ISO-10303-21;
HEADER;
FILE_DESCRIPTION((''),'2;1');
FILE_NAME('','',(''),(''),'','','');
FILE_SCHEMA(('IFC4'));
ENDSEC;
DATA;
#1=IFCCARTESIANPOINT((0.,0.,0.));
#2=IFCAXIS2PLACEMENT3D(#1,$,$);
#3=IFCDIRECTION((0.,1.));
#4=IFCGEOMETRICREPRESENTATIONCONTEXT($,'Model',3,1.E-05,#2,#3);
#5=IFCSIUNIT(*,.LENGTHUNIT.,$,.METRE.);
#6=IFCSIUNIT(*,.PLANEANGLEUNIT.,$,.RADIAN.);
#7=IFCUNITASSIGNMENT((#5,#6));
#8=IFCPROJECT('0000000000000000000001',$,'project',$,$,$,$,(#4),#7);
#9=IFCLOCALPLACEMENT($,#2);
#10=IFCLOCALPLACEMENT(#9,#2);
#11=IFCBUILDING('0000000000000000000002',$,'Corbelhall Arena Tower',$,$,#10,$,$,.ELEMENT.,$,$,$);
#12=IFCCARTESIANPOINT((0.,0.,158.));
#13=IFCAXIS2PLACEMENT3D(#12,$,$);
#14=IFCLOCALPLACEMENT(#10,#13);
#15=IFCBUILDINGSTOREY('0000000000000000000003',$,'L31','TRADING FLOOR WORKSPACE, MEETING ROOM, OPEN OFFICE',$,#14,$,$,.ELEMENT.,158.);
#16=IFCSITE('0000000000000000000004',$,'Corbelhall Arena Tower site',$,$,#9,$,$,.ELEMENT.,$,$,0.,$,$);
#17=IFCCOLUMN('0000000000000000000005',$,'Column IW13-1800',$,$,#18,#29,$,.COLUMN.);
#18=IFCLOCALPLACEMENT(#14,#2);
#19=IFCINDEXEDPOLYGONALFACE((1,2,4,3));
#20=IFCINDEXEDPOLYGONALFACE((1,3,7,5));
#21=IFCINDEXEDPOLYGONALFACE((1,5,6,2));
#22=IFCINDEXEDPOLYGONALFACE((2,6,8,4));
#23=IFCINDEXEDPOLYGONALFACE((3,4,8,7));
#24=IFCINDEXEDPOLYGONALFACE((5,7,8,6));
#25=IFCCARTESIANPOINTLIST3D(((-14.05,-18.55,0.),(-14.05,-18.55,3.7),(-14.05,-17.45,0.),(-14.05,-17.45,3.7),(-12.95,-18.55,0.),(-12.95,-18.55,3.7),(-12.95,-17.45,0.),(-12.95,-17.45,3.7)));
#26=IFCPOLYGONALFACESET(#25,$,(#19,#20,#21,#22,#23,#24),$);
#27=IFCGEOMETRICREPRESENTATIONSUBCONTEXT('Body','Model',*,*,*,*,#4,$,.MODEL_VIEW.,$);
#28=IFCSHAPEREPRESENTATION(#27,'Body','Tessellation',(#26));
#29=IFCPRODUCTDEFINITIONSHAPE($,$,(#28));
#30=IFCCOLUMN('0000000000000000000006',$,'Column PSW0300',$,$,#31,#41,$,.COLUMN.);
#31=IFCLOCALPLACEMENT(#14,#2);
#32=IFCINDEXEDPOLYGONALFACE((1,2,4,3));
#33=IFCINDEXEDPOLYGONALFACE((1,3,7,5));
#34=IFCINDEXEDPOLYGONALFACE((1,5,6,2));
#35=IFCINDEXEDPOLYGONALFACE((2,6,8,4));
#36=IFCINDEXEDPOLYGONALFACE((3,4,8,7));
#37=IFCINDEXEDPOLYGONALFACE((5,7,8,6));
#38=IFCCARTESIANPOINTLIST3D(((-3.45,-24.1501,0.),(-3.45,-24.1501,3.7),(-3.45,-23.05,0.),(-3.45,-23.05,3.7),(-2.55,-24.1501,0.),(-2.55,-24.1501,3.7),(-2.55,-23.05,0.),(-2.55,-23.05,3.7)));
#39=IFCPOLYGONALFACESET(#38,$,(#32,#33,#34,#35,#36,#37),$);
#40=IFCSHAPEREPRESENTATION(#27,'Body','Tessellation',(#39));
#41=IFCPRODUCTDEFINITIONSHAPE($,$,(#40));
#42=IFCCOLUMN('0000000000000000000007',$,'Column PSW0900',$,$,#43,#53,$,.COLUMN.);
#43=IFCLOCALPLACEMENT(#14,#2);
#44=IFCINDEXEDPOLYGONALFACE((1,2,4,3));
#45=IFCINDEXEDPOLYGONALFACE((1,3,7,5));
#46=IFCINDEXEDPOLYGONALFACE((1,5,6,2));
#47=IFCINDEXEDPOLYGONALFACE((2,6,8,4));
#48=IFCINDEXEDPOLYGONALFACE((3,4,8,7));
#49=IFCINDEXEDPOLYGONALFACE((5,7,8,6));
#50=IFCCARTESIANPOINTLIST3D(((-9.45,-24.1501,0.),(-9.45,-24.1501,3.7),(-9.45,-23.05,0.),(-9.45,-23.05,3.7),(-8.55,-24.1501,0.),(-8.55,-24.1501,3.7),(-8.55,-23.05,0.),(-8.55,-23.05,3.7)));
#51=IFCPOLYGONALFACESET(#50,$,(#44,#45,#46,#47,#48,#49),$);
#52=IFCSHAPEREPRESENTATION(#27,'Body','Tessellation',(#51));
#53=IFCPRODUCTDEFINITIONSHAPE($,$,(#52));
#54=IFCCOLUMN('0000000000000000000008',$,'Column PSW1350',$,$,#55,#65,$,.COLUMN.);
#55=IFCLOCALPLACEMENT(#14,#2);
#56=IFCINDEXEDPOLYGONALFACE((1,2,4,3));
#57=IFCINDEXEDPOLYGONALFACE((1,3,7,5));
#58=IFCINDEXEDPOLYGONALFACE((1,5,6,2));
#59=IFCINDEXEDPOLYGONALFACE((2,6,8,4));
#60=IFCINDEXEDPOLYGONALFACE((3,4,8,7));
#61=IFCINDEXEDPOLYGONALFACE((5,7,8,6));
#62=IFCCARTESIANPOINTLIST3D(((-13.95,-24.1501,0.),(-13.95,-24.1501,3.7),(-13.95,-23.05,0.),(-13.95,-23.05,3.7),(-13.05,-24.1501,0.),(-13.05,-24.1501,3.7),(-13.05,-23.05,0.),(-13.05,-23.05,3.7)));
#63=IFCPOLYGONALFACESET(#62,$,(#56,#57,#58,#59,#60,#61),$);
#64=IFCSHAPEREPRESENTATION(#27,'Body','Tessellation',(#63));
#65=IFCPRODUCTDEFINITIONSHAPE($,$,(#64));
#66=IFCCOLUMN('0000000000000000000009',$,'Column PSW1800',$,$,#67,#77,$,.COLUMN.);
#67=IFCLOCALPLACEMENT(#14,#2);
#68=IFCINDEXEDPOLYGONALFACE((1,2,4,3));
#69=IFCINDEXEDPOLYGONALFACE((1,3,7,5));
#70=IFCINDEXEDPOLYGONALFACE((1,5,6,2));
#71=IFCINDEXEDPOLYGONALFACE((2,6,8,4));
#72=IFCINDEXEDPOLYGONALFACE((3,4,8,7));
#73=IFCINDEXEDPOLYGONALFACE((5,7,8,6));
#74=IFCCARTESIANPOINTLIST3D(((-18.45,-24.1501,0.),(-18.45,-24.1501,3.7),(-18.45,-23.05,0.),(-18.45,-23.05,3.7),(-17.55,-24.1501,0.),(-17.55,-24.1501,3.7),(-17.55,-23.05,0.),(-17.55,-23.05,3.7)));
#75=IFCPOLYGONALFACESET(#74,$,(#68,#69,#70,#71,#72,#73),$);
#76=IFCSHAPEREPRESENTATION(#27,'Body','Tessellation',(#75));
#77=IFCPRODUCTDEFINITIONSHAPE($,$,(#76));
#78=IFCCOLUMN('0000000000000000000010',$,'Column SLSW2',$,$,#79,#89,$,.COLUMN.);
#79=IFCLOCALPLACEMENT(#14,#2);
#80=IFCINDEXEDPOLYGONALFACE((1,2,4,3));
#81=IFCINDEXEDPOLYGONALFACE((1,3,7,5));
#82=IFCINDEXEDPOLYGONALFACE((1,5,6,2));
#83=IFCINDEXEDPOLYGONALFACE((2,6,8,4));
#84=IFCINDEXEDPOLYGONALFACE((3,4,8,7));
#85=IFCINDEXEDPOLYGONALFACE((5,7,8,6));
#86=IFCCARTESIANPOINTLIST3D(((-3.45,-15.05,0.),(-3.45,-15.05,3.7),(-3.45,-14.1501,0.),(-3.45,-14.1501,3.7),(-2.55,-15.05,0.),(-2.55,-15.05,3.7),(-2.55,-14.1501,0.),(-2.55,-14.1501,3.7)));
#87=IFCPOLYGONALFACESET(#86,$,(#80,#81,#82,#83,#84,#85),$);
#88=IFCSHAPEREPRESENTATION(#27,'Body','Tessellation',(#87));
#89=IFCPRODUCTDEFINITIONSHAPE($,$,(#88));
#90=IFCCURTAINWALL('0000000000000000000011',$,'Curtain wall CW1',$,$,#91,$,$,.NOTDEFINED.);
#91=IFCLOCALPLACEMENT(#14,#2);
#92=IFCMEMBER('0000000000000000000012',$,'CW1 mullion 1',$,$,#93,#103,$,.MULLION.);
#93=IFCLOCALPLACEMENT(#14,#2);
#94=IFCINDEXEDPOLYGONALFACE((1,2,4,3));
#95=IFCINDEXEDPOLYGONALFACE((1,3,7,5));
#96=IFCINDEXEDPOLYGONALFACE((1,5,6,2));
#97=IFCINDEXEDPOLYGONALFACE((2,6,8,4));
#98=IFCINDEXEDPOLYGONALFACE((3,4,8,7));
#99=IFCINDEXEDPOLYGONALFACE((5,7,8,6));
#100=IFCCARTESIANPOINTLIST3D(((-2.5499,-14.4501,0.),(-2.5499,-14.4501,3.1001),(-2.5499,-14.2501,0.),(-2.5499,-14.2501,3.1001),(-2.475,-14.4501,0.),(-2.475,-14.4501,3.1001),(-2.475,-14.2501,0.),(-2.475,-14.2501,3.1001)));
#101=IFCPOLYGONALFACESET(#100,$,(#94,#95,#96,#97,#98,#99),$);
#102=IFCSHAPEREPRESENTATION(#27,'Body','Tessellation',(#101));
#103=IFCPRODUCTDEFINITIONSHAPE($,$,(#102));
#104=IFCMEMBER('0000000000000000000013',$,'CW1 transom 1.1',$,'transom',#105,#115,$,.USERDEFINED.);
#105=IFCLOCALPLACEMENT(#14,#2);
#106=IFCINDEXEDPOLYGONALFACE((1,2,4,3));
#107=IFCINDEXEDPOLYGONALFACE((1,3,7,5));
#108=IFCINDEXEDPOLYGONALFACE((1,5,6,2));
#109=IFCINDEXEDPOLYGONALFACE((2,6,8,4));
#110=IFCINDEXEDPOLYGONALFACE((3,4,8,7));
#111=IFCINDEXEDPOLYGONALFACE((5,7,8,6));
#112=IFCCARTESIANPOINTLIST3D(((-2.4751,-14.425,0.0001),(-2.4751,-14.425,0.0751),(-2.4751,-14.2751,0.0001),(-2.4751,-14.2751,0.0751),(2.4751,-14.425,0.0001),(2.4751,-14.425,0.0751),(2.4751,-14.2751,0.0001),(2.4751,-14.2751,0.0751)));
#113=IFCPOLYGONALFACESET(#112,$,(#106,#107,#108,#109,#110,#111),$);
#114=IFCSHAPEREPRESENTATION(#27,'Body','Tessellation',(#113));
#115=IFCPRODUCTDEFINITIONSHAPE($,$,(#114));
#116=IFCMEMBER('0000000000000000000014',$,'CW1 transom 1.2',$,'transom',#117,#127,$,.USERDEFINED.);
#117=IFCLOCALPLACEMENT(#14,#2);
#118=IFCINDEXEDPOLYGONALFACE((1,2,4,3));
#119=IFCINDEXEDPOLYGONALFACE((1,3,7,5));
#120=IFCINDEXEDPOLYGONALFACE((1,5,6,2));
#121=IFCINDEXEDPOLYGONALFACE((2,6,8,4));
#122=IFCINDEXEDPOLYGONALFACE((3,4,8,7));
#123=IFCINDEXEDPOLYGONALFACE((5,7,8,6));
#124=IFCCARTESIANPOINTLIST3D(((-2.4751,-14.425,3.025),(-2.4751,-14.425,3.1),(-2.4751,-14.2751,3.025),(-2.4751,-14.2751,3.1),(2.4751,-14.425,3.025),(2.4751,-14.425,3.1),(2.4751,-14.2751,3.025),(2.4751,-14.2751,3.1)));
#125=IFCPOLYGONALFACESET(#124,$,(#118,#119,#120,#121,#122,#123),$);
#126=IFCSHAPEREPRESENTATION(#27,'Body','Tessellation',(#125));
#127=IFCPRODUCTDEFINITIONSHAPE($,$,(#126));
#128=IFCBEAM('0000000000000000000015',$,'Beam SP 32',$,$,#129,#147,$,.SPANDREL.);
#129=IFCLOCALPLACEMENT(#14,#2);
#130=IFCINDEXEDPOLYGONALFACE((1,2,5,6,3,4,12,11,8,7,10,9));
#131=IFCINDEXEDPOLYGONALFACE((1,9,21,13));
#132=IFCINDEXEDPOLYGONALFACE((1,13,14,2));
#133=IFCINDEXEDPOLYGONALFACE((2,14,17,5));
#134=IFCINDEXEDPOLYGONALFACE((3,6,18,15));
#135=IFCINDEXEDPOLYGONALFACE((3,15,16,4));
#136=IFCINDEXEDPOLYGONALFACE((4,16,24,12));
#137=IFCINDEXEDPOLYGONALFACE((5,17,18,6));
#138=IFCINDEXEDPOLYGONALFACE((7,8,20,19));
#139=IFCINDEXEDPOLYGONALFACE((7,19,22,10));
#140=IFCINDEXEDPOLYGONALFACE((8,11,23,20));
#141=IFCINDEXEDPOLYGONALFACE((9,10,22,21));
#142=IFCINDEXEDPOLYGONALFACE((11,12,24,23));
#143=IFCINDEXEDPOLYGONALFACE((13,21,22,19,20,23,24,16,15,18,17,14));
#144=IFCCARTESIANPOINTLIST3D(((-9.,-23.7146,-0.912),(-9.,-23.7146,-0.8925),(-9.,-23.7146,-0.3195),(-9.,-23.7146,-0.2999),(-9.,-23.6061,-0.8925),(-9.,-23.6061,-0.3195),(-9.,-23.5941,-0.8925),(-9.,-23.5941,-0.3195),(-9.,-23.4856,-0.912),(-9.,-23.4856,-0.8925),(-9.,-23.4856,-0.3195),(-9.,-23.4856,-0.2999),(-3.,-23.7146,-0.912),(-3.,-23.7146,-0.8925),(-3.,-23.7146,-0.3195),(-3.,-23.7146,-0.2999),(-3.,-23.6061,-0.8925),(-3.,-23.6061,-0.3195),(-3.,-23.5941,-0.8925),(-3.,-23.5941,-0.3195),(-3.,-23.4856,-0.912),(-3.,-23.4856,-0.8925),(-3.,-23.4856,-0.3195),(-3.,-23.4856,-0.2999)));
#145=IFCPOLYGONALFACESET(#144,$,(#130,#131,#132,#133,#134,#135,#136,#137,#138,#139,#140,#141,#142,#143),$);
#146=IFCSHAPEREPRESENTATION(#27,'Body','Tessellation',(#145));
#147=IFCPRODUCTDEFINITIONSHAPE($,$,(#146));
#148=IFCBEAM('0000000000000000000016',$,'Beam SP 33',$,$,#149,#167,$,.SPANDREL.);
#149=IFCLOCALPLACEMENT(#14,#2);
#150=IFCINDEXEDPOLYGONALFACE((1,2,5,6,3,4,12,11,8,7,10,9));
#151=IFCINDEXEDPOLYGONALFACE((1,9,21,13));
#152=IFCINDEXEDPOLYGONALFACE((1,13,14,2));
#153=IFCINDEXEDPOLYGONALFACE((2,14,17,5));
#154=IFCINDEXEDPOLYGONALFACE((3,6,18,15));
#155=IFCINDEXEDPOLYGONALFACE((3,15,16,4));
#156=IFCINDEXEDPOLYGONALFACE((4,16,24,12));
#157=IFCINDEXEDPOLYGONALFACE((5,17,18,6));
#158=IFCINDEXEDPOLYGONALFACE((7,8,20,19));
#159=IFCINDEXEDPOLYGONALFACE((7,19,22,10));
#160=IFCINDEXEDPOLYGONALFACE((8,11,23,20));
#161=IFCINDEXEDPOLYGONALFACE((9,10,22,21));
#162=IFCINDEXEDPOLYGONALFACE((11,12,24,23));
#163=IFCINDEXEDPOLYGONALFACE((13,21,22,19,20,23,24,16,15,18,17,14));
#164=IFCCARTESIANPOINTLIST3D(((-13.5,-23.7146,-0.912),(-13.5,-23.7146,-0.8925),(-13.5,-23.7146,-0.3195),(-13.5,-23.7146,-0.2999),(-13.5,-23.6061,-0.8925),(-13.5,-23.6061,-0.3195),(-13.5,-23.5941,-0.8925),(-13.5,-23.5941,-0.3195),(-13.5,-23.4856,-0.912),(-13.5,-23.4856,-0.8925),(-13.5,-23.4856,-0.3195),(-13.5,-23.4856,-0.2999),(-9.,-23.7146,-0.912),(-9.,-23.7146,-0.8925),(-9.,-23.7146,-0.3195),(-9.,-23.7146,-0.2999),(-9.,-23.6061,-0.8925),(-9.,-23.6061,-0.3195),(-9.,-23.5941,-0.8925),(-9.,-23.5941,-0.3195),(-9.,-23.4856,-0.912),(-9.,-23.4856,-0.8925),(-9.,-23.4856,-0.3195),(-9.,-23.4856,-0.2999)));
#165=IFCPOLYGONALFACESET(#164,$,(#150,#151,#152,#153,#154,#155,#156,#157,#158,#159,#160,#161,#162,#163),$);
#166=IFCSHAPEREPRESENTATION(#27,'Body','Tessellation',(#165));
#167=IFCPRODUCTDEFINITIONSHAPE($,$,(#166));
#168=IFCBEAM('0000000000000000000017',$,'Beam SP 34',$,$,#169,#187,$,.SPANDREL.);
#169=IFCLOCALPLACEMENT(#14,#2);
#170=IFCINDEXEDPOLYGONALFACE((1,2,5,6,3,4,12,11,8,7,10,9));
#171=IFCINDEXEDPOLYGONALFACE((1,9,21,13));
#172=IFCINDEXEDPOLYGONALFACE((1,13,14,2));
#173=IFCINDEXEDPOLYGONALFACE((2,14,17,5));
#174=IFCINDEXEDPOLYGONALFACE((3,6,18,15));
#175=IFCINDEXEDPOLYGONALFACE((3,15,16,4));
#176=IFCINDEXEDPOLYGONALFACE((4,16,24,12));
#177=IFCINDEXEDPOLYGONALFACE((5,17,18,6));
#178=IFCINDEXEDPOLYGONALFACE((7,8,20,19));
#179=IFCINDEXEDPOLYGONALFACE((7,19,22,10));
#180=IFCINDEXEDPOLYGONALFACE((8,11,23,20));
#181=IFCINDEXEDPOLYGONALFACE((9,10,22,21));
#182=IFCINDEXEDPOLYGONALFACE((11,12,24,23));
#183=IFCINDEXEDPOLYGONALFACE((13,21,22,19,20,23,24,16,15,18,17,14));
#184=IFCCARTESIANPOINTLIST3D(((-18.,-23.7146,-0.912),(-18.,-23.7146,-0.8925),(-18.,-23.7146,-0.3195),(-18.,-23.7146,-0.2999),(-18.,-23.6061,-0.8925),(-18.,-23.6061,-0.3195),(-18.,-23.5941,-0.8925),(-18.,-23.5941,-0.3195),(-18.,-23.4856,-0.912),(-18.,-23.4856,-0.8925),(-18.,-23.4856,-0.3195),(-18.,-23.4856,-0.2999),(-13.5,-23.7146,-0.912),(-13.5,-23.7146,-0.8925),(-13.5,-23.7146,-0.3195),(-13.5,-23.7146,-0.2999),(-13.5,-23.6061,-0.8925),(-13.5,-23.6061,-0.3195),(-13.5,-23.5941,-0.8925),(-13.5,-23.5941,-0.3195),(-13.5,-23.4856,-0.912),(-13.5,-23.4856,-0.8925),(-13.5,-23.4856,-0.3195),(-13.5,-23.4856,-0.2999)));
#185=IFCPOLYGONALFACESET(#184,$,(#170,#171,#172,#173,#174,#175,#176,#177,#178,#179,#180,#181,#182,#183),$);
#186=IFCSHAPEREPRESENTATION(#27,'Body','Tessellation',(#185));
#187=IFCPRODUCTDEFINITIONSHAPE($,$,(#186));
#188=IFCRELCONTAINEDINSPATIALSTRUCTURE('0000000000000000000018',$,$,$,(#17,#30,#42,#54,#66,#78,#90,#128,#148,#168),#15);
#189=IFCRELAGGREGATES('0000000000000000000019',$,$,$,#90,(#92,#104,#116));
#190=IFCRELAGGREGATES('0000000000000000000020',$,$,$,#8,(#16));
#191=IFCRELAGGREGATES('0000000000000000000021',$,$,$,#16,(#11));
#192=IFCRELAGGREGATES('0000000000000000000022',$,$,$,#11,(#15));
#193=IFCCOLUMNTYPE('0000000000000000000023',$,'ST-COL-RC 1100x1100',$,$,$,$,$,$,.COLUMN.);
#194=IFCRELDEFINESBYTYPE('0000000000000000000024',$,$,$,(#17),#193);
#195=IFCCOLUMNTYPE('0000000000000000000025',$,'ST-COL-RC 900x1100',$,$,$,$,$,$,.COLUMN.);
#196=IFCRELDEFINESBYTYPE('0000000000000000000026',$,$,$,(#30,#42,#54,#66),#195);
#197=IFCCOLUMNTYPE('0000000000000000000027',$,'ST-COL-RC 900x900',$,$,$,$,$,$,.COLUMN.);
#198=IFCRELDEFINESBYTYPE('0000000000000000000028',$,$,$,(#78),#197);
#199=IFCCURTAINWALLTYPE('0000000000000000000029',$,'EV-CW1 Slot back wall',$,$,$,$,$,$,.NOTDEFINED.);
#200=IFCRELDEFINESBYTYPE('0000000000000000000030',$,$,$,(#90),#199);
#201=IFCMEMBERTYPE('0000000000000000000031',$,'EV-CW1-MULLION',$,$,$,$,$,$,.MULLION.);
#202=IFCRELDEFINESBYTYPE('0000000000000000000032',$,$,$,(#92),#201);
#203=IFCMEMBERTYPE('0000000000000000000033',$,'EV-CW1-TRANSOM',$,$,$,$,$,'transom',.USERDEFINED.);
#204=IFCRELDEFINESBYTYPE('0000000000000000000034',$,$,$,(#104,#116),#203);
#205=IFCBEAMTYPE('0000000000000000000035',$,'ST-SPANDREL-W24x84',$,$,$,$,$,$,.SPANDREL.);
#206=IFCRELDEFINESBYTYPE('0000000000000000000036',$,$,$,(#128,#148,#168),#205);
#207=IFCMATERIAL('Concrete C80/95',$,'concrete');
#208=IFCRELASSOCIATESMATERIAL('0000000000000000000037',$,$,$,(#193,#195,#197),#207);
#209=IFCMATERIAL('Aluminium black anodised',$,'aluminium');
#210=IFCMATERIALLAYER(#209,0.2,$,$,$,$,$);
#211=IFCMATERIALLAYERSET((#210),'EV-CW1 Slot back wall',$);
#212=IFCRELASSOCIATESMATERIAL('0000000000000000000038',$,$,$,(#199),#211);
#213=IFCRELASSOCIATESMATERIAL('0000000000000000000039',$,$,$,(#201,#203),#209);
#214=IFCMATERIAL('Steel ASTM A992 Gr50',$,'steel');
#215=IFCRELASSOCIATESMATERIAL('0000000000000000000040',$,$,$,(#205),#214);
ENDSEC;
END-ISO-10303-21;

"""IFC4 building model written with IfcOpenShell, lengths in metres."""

from ifc_helpers import new_model, si_unit, direction, frame, origin, origin_2d, place, context, subcontext, project, spatial, rectangle, i_section, extrude, material, layer, layer_set, material_profile, profile_set, type_object, element, aggregate, save


model = new_model("IFC4")

# Units and contexts
model_context = context("Model", 3, precision=1e-05, world=origin(), true_north=direction((0.0, 1.0)))
body_context = subcontext(model_context, "Body", "Model", "MODEL_VIEW")
ifc_project = project(units=[si_unit("LENGTHUNIT", "METRE"), si_unit("PLANEANGLEUNIT", "RADIAN")], contexts=[model_context])

# Site, building, storey
site_placement = place(None, origin())
site = spatial("IfcSite", under=ifc_project, at=site_placement, Name="Corbelhall Arena Tower site", CompositionType="ELEMENT", RefElevation=0.0)
building_placement = place(site_placement, origin())
building = spatial("IfcBuilding", under=site, at=building_placement, Name="Corbelhall Arena Tower", CompositionType="ELEMENT")
storey_placement = place(building_placement, frame((0.0, 0.0, 158.0)))
storey = spatial("IfcBuildingStorey", under=building, at=storey_placement, Name="L31", Description="TRADING FLOOR WORKSPACE, MEETING ROOM, OPEN OFFICE", CompositionType="ELEMENT", Elevation=158.0)

# Columns
ifc_material_1 = material(Name="Concrete C80/95", Category="concrete")
ifc_material_profile_1 = material_profile(ifc_material_1, rectangle(XDim=1.1001, YDim=1.1001, at=origin_2d()))
ifc_profile_set_1 = profile_set([ifc_material_profile_1], Name="Concrete C80/95")
column_type_1 = type_object("IfcColumnType", Name="ST-COL-RC 1100x1100", PredefinedType="COLUMN", material=ifc_profile_set_1)
column_1_placement = place(storey_placement, frame((-13.5, -18.0, 0.0), z_axis=(0.0, 0.0, 1.0), x_axis=(1.0, 0.0, 0.0)))
element("IfcColumn", 1, at=column_1_placement, inside=storey, type_object=column_type_1, Name="Column IW13-1800", PredefinedType="COLUMN", context=body_context, shape_type="SweptSolid", body=[
    extrude(rectangle(XDim=1.1001, YDim=1.1001, at=origin_2d()), origin(), (0.0, 0.0, 1.0), 3.7),
])
ifc_material_profile_2 = material_profile(ifc_material_1, rectangle(XDim=0.8999, YDim=1.1001, at=origin_2d()))
ifc_profile_set_2 = profile_set([ifc_material_profile_2], Name="Concrete C80/95")
column_type_2 = type_object("IfcColumnType", Name="ST-COL-RC 900x1100", PredefinedType="COLUMN", material=ifc_profile_set_2)
for number, where, z_axis, x_axis, name in (
    (2, (-3.0, -23.6001, 0.0), (0.0, 0.0, 1.0), (1.0, 0.0, 0.0), "Column PSW0300"),
    (3, (-9.0, -23.6001, 0.0), (0.0, 0.0, 1.0), (1.0, 0.0, 0.0), "Column PSW0900"),
    (4, (-13.5, -23.6001, 0.0), (0.0, 0.0, 1.0), (1.0, 0.0, 0.0), "Column PSW1350"),
    (5, (-18.0, -23.6001, 0.0), (0.0, 0.0, 1.0), (1.0, 0.0, 0.0), "Column PSW1800"),
):
    element("IfcColumn", number, at=place(storey_placement, frame(where, z_axis=z_axis, x_axis=x_axis)), inside=storey, type_object=column_type_2, Name=name, PredefinedType="COLUMN", context=body_context, shape_type="SweptSolid", body=[
        extrude(rectangle(XDim=0.8999, YDim=1.1001, at=origin_2d()), origin(), (0.0, 0.0, 1.0), 3.7),
    ])
ifc_material_profile_3 = material_profile(ifc_material_1, rectangle(XDim=0.8999, YDim=0.8999, at=origin_2d()))
ifc_profile_set_3 = profile_set([ifc_material_profile_3], Name="Concrete C80/95")
column_type_3 = type_object("IfcColumnType", Name="ST-COL-RC 900x900", PredefinedType="COLUMN", material=ifc_profile_set_3)
column_2_placement = place(storey_placement, frame((-3.0, -14.6001, 0.0), z_axis=(0.0, 0.0, 1.0), x_axis=(1.0, 0.0, 0.0)))
element("IfcColumn", 6, at=column_2_placement, inside=storey, type_object=column_type_3, Name="Column SLSW2", PredefinedType="COLUMN", context=body_context, shape_type="SweptSolid", body=[
    extrude(rectangle(XDim=0.8999, YDim=0.8999, at=origin_2d()), origin(), (0.0, 0.0, 1.0), 3.7),
])

# Curtain wall, members
ifc_material_2 = material(Name="Aluminium black anodised", Category="aluminium")
ifc_layer_1 = layer(ifc_material_2, 0.2)
ifc_layer_set_1 = layer_set([ifc_layer_1], Name="EV-CW1 Slot back wall")
curtain_wall_type = type_object("IfcCurtainWallType", Name="EV-CW1 Slot back wall", PredefinedType="NOTDEFINED", material=ifc_layer_set_1)
curtain_wall_placement = place(storey_placement, origin())
curtain_wall = element("IfcCurtainWall", 7, at=curtain_wall_placement, inside=storey, type_object=curtain_wall_type, Name="Curtain wall CW1", PredefinedType="NOTDEFINED")
ifc_material_profile_4 = material_profile(ifc_material_2, rectangle(XDim=0.2, YDim=0.075, at=origin_2d()))
ifc_profile_set_4 = profile_set([ifc_material_profile_4], Name="Aluminium black anodised")
member_type_1 = type_object("IfcMemberType", Name="EV-CW1-MULLION", PredefinedType="MULLION", material=ifc_profile_set_4)
member_1_placement = place(storey_placement, frame((-2.5125, -14.3501, 0.0), z_axis=(0.0, 0.0, 1.0), x_axis=(0.0, 1.0, 0.0)))
member_1 = element("IfcMember", 8, at=member_1_placement, type_object=member_type_1, Name="CW1 mullion 1", PredefinedType="MULLION", context=body_context, shape_type="SweptSolid", body=[
    extrude(rectangle(XDim=0.2, YDim=0.075, at=origin_2d()), origin(), (0.0, 0.0, 1.0), 3.1001),
])
ifc_material_profile_5 = material_profile(ifc_material_2, rectangle(XDim=0.1499, YDim=0.075, at=origin_2d()))
ifc_profile_set_5 = profile_set([ifc_material_profile_5], Name="Aluminium black anodised")
member_type_2 = type_object("IfcMemberType", Name="EV-CW1-TRANSOM", ElementType="transom", PredefinedType="USERDEFINED", material=ifc_profile_set_5)
member_2_placement = place(storey_placement, frame((-2.4751, -14.3501, 0.0376), z_axis=(1.0, 0.0, 0.0), x_axis=(0.0, 1.0, 0.0)))
member_2 = element("IfcMember", 9, at=member_2_placement, type_object=member_type_2, Name="CW1 transom 1.1", ObjectType="transom", PredefinedType="USERDEFINED", context=body_context, shape_type="SweptSolid", body=[
    extrude(rectangle(XDim=0.1499, YDim=0.075, at=origin_2d()), origin(), (0.0, 0.0, 1.0), 4.9502),
])
member_3_placement = place(storey_placement, frame((-2.4751, -14.3501, 3.0625), z_axis=(1.0, 0.0, 0.0), x_axis=(0.0, 1.0, 0.0)))
member_3 = element("IfcMember", 10, at=member_3_placement, type_object=member_type_2, Name="CW1 transom 1.2", ObjectType="transom", PredefinedType="USERDEFINED", context=body_context, shape_type="SweptSolid", body=[
    extrude(rectangle(XDim=0.1499, YDim=0.075, at=origin_2d()), origin(), (0.0, 0.0, 1.0), 4.9502),
])
aggregate(curtain_wall, [member_1, member_2, member_3])

# Beams
ifc_material_3 = material(Name="Steel ASTM A992 Gr50", Category="steel")
ifc_material_profile_6 = material_profile(ifc_material_3, i_section(OverallWidth=0.229, OverallDepth=0.6121, WebThickness=0.012, FlangeThickness=0.0195, at=origin_2d()))
ifc_profile_set_6 = profile_set([ifc_material_profile_6], Name="Steel ASTM A992 Gr50")
beam_type_1 = type_object("IfcBeamType", Name="ST-SPANDREL-W24x84", PredefinedType="SPANDREL", material=ifc_profile_set_6)
beam_1_placement = place(storey_placement, frame((-3.0, -23.6001, -0.606), z_axis=(-1.0, 0.0, 0.0), x_axis=(0.0, -1.0, 0.0)))
element("IfcBeam", 11, at=beam_1_placement, inside=storey, type_object=beam_type_1, Name="Beam SP 32", PredefinedType="SPANDREL", context=body_context, shape_type="SweptSolid", body=[
    extrude(i_section(OverallWidth=0.229, OverallDepth=0.6121, WebThickness=0.012, FlangeThickness=0.0195, at=origin_2d()), origin(), (0.0, 0.0, 1.0), 6.0),
])
for number, where, z_axis, x_axis, name in (
    (12, (-9.0, -23.6001, -0.606), (-1.0, 0.0, 0.0), (0.0, -1.0, 0.0), "Beam SP 33"),
    (13, (-13.5, -23.6001, -0.606), (-1.0, 0.0, 0.0), (0.0, -1.0, 0.0), "Beam SP 34"),
):
    element("IfcBeam", number, at=place(storey_placement, frame(where, z_axis=z_axis, x_axis=x_axis)), inside=storey, type_object=beam_type_1, Name=name, PredefinedType="SPANDREL", context=body_context, shape_type="SweptSolid", body=[
        extrude(i_section(OverallWidth=0.229, OverallDepth=0.6121, WebThickness=0.012, FlangeThickness=0.0195, at=origin_2d()), origin(), (0.0, 0.0, 1.0), 4.5),
    ])

save(model, "model.ifc")
